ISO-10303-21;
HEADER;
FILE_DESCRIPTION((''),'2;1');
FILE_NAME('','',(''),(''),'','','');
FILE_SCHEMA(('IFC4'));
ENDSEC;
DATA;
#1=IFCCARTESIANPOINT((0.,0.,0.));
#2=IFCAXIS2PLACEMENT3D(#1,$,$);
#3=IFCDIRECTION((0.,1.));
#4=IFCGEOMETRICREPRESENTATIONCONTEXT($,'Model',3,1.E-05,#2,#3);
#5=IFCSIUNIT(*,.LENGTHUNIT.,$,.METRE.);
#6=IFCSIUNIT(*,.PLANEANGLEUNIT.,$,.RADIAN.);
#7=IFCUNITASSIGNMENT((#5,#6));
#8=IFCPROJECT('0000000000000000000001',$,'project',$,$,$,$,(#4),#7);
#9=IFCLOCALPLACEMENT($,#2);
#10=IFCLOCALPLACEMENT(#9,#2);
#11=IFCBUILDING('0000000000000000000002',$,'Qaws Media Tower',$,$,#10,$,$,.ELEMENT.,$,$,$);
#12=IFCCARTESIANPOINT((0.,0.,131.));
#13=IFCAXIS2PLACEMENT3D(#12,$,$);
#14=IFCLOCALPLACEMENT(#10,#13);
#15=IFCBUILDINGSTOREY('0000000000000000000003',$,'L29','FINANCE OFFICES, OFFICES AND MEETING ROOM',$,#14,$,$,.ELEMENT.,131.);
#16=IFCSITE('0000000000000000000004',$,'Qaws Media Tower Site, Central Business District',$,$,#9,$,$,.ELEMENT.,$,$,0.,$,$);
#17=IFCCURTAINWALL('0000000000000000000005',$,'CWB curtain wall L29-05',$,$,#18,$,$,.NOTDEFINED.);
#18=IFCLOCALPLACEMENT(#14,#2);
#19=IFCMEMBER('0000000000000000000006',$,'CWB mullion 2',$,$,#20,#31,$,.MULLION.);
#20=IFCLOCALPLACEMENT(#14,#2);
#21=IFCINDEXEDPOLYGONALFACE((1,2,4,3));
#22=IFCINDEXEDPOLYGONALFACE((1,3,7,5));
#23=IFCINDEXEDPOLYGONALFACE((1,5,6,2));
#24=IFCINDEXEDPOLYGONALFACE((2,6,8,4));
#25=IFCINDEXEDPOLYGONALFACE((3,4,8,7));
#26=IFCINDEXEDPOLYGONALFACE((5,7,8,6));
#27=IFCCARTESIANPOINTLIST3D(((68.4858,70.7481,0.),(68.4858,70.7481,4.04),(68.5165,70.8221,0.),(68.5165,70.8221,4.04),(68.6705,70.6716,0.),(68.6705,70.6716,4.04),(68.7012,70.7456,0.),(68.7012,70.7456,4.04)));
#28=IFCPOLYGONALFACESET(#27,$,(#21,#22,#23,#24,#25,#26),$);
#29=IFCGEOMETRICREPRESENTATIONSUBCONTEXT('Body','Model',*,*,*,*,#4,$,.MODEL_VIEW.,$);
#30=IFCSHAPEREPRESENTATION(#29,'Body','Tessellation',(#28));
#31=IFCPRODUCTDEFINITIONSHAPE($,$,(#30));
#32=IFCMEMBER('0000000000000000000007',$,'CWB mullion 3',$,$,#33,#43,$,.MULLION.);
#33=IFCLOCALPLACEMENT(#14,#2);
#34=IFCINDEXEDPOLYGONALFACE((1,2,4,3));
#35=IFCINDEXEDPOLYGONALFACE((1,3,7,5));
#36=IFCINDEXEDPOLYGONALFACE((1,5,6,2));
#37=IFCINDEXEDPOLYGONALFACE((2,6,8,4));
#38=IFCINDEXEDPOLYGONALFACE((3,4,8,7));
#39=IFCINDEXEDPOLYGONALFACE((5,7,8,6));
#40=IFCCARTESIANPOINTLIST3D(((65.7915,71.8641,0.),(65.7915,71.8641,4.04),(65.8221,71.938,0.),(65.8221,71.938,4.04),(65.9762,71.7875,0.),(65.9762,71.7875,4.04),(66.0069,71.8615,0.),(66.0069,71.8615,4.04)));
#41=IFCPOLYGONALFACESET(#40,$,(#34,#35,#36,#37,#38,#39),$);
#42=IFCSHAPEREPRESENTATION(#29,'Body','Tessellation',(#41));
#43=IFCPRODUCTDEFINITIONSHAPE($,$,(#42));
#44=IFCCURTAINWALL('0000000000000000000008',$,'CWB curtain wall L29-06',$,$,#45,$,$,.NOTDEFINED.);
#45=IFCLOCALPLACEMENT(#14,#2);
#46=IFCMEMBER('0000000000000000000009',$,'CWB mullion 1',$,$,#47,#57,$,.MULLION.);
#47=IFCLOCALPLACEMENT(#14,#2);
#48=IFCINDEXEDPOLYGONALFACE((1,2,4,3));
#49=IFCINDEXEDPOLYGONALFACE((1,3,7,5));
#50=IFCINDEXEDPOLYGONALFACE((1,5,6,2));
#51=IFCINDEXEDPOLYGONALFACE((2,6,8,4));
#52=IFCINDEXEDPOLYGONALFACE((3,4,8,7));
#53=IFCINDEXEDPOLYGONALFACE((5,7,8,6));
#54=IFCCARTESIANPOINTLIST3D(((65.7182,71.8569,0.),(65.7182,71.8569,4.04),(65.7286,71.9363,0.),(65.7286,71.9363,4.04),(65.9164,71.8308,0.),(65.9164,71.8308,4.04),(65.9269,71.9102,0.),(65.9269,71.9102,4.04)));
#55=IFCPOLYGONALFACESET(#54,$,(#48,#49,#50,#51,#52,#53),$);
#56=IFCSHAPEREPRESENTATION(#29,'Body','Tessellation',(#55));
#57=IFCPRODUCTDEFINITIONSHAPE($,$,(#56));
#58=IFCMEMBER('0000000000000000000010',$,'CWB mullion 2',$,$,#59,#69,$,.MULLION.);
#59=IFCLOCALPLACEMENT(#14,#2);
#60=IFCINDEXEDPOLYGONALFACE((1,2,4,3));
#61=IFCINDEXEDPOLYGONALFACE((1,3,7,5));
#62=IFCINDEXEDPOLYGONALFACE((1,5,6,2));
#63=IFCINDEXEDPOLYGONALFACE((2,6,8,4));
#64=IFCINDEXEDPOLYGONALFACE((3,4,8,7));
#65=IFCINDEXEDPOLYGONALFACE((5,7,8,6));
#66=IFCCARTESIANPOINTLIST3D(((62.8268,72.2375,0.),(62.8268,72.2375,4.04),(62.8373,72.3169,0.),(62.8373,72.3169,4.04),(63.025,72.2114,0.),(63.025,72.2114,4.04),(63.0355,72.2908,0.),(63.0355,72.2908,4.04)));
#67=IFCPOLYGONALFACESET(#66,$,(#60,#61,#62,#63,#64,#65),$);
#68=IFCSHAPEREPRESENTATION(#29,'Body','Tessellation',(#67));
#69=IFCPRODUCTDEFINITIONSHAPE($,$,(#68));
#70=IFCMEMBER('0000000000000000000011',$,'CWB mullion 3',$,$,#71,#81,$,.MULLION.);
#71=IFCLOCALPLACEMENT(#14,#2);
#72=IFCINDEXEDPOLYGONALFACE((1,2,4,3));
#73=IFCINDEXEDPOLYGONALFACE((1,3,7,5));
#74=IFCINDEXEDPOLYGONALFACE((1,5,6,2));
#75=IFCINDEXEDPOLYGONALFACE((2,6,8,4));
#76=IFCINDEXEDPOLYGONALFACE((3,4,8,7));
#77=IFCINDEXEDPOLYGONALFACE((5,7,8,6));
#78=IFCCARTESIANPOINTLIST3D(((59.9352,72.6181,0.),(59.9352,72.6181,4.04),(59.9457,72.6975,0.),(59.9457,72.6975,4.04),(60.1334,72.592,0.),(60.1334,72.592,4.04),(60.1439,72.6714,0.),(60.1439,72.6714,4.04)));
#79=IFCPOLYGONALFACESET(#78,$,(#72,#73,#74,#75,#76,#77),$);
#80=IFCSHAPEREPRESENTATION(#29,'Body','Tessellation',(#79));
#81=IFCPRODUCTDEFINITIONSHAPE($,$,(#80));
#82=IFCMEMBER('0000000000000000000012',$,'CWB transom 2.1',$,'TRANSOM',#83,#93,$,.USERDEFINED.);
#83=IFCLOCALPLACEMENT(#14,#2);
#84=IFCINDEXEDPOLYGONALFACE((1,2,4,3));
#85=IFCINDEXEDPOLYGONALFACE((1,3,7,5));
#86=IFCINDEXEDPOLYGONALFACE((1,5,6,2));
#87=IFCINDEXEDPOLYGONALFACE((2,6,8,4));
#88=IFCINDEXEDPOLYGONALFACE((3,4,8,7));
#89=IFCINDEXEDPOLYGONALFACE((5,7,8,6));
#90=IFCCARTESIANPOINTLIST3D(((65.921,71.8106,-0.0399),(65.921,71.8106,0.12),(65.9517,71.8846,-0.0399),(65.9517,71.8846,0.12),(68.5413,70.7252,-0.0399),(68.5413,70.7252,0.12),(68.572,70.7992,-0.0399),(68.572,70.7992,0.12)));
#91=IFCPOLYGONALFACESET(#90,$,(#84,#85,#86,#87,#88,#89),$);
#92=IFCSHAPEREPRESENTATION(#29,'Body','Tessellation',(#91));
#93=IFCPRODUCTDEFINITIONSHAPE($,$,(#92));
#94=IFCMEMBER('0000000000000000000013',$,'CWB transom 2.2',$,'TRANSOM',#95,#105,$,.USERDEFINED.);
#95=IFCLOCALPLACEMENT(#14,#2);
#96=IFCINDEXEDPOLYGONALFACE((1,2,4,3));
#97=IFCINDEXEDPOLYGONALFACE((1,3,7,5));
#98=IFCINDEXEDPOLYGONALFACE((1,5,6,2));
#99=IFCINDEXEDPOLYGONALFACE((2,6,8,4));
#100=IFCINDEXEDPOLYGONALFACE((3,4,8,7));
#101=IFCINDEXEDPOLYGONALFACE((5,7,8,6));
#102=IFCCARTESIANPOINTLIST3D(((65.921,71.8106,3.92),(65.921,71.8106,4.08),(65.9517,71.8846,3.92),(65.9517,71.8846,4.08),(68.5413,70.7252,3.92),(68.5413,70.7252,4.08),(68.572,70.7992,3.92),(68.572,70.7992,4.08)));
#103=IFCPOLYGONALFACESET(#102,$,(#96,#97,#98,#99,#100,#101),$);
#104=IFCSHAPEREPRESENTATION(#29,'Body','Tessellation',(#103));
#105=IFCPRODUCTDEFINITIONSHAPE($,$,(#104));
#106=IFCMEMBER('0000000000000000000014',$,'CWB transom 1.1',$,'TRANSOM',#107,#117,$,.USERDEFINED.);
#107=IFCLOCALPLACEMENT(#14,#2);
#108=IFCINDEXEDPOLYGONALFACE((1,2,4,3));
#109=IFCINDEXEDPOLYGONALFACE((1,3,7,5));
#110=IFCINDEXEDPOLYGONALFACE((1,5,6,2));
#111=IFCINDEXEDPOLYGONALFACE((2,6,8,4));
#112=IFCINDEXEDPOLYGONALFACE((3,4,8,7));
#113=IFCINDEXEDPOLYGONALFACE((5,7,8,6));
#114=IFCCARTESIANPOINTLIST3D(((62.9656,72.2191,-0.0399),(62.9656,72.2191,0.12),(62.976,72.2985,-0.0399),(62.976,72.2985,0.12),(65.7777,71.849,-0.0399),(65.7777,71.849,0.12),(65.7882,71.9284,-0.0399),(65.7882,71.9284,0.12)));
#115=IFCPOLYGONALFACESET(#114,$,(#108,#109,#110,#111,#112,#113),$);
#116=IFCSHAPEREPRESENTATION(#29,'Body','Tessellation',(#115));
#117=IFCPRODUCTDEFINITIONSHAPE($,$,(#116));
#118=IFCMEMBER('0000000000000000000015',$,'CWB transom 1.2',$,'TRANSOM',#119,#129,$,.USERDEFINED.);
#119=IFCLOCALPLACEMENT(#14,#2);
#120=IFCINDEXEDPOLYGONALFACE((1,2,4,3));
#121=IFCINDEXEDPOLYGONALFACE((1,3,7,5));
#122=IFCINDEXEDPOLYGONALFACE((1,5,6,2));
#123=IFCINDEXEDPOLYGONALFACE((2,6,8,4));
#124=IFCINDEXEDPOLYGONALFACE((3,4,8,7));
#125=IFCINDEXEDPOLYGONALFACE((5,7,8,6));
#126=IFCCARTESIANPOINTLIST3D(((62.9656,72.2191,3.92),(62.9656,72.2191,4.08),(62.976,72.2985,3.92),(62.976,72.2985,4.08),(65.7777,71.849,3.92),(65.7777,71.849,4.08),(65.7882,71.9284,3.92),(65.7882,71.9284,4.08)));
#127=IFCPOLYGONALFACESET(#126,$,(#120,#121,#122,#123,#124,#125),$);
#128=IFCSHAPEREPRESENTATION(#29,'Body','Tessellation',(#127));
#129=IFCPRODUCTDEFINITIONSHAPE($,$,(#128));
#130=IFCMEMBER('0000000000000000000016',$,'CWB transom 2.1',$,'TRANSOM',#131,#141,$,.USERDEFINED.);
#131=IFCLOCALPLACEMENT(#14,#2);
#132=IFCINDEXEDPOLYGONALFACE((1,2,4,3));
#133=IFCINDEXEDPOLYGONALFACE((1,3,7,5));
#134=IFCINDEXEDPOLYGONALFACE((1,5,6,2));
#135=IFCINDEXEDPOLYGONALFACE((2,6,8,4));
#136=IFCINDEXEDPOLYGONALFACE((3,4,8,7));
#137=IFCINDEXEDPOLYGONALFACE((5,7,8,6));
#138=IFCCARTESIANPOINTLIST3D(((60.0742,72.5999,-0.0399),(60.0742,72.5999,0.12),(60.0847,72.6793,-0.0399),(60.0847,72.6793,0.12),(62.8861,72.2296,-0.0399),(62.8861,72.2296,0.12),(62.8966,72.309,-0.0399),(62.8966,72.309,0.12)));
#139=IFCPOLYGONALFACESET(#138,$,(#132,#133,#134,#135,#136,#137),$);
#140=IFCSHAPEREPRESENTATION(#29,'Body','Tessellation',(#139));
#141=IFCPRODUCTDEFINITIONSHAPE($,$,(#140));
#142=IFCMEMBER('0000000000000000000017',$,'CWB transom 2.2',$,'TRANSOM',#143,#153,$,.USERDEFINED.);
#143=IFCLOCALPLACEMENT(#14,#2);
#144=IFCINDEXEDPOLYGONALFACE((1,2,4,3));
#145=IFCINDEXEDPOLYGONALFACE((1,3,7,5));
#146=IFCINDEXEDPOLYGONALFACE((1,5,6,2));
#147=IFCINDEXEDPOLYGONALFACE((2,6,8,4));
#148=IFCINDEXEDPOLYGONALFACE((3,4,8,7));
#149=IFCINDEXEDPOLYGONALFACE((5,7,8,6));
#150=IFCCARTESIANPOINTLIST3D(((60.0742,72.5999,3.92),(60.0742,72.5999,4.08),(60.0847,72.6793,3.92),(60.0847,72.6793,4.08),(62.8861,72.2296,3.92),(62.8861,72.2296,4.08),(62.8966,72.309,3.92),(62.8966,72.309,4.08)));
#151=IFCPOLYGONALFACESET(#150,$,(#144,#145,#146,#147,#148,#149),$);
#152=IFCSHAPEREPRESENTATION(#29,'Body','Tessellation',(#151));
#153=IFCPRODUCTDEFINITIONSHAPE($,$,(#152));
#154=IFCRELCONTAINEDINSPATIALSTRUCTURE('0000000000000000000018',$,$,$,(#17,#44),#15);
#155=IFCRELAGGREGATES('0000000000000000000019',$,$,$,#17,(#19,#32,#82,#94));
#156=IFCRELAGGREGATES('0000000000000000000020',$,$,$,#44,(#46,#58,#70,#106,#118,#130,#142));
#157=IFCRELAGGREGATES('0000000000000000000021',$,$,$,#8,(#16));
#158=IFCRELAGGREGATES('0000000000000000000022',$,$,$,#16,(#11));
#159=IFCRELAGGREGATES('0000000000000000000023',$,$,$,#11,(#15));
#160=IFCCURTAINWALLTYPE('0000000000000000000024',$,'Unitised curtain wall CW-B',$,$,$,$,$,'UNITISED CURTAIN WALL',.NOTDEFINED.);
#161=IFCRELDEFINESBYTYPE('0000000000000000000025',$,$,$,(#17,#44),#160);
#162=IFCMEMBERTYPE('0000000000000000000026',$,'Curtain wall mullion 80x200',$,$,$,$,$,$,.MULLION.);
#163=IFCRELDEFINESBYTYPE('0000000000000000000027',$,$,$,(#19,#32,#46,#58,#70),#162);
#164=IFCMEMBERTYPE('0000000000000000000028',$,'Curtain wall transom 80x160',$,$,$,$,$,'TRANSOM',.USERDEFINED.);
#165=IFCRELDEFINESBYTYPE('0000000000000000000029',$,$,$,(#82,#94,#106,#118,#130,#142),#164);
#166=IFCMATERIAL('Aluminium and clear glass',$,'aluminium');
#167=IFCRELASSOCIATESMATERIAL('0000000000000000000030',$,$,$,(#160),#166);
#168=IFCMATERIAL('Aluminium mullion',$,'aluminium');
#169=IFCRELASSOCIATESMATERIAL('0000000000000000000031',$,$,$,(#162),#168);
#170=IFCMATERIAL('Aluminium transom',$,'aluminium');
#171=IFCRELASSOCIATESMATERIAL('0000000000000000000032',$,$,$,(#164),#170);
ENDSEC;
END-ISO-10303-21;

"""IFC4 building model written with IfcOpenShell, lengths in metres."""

from ifc_helpers import new_model, si_unit, direction, frame, origin, origin_2d, place, context, subcontext, project, spatial, rectangle, extrude, material, material_profile, profile_set, type_object, element, aggregate, save


model = new_model("IFC4")

# Units and contexts
model_context = context("Model", 3, precision=1e-05, world=origin(), true_north=direction((0.0, 1.0)))
body_context = subcontext(model_context, "Body", "Model", "MODEL_VIEW")
ifc_project = project(units=[si_unit("LENGTHUNIT", "METRE"), si_unit("PLANEANGLEUNIT", "RADIAN")], contexts=[model_context])

# Site, building, storey
site_placement = place(None, origin())
site = spatial("IfcSite", under=ifc_project, at=site_placement, Name="Qaws Media Tower Site, Central Business District", CompositionType="ELEMENT", RefElevation=0.0)
building_placement = place(site_placement, origin())
building = spatial("IfcBuilding", under=site, at=building_placement, Name="Qaws Media Tower", CompositionType="ELEMENT")
storey_placement = place(building_placement, frame((0.0, 0.0, 131.0)))
storey = spatial("IfcBuildingStorey", under=building, at=storey_placement, Name="L29", Description="FINANCE OFFICES, OFFICES AND MEETING ROOM", CompositionType="ELEMENT", Elevation=131.0)

# Curtain walls, members
ifc_material_1 = material(Name="Aluminium and clear glass", Category="aluminium")
curtain_wall_type = type_object("IfcCurtainWallType", Name="Unitised curtain wall CW-B", ElementType="UNITISED CURTAIN WALL", PredefinedType="NOTDEFINED", material=ifc_material_1)
curtain_wall_1_placement = place(storey_placement, origin())
curtain_wall_1 = element("IfcCurtainWall", 1, at=curtain_wall_1_placement, inside=storey, type_object=curtain_wall_type, Name="CWB curtain wall L29-05", PredefinedType="NOTDEFINED")
ifc_material_2 = material(Name="Aluminium mullion", Category="aluminium")
ifc_material_profile_1 = material_profile(ifc_material_2, rectangle(XDim=0.0801, YDim=0.2, at=origin_2d()), Name="80x200")
ifc_profile_set_1 = profile_set([ifc_material_profile_1], Name="Aluminium mullion")
member_type_1 = type_object("IfcMemberType", Name="Curtain wall mullion 80x200", PredefinedType="MULLION", material=ifc_profile_set_1)
member_1_placement = place(storey_placement, frame((68.5935, 70.7468, 0.0), z_axis=(0.0, 0.0, 1.0), x_axis=(-0.382683, -0.92388, 0.0)))
member_1 = element("IfcMember", 2, at=member_1_placement, type_object=member_type_1, Name="CWB mullion 2", PredefinedType="MULLION", context=body_context, shape_type="SweptSolid", body=[
    extrude(rectangle(XDim=0.0801, YDim=0.2, at=origin_2d()), origin(), (0.0, 0.0, 1.0), 4.04),
])
member_2_placement = place(storey_placement, frame((65.8992, 71.8628, 0.0), z_axis=(0.0, 0.0, 1.0), x_axis=(-0.382683, -0.92388, 0.0)))
member_2 = element("IfcMember", 3, at=member_2_placement, type_object=member_type_1, Name="CWB mullion 3", PredefinedType="MULLION", context=body_context, shape_type="SweptSolid", body=[
    extrude(rectangle(XDim=0.0801, YDim=0.2, at=origin_2d()), origin(), (0.0, 0.0, 1.0), 4.04),
])
curtain_wall_2_placement = place(storey_placement, origin())
curtain_wall_2 = element("IfcCurtainWall", 4, at=curtain_wall_2_placement, inside=storey, type_object=curtain_wall_type, Name="CWB curtain wall L29-06", PredefinedType="NOTDEFINED")
member_3_placement = place(storey_placement, frame((65.8225, 71.8835, 0.0), z_axis=(0.0, 0.0, 1.0), x_axis=(-0.130526, -0.991445, 0.0)))
member_3 = element("IfcMember", 5, at=member_3_placement, type_object=member_type_1, Name="CWB mullion 1", PredefinedType="MULLION", context=body_context, shape_type="SweptSolid", body=[
    extrude(rectangle(XDim=0.0801, YDim=0.2, at=origin_2d()), origin(), (0.0, 0.0, 1.0), 4.04),
])
member_4_placement = place(storey_placement, frame((62.9312, 72.2642, 0.0), z_axis=(0.0, 0.0, 1.0), x_axis=(-0.130526, -0.991445, 0.0)))
member_4 = element("IfcMember", 6, at=member_4_placement, type_object=member_type_1, Name="CWB mullion 2", PredefinedType="MULLION", context=body_context, shape_type="SweptSolid", body=[
    extrude(rectangle(XDim=0.0801, YDim=0.2, at=origin_2d()), origin(), (0.0, 0.0, 1.0), 4.04),
])
member_5_placement = place(storey_placement, frame((60.0396, 72.6448, 0.0), z_axis=(0.0, 0.0, 1.0), x_axis=(-0.130526, -0.991445, 0.0)))
member_5 = element("IfcMember", 7, at=member_5_placement, type_object=member_type_1, Name="CWB mullion 3", PredefinedType="MULLION", context=body_context, shape_type="SweptSolid", body=[
    extrude(rectangle(XDim=0.0801, YDim=0.2, at=origin_2d()), origin(), (0.0, 0.0, 1.0), 4.04),
])

# Members
ifc_material_3 = material(Name="Aluminium transom", Category="aluminium")
ifc_material_profile_2 = material_profile(ifc_material_3, rectangle(XDim=0.0801, YDim=0.1599, at=origin_2d()), Name="80x160")
ifc_profile_set_2 = profile_set([ifc_material_profile_2], Name="Aluminium transom")
member_type_2 = type_object("IfcMemberType", Name="Curtain wall transom 80x160", ElementType="TRANSOM", PredefinedType="USERDEFINED", material=ifc_profile_set_2)
member_6_placement = place(storey_placement, frame((68.5566, 70.7622, 0.04), z_axis=(-0.923872, 0.382701, 0.0), x_axis=(-0.382701, -0.923872, 0.0)))
member_6 = element("IfcMember", 8, at=member_6_placement, type_object=member_type_2, Name="CWB transom 2.1", ObjectType="TRANSOM", PredefinedType="USERDEFINED", context=body_context, shape_type="SweptSolid", body=[
    extrude(rectangle(XDim=0.0801, YDim=0.1599, at=origin_2d()), origin(), (0.0, 0.0, 1.0), 2.8362),
])
member_7_placement = place(storey_placement, frame((68.5566, 70.7622, 4.0), z_axis=(-0.923872, 0.382701, 0.0), x_axis=(-0.382701, -0.923872, 0.0)))
member_7 = element("IfcMember", 9, at=member_7_placement, type_object=member_type_2, Name="CWB transom 2.2", ObjectType="TRANSOM", PredefinedType="USERDEFINED", context=body_context, shape_type="SweptSolid", body=[
    extrude(rectangle(XDim=0.0801, YDim=0.1599, at=origin_2d()), origin(), (0.0, 0.0, 1.0), 2.8362),
])
member_8_placement = place(storey_placement, frame((65.783, 71.8887, 0.04), z_axis=(-0.99145, 0.130483, 0.0), x_axis=(-0.130483, -0.99145, 0.0)))
member_8 = element("IfcMember", 10, at=member_8_placement, type_object=member_type_2, Name="CWB transom 1.1", ObjectType="TRANSOM", PredefinedType="USERDEFINED", context=body_context, shape_type="SweptSolid", body=[
    extrude(rectangle(XDim=0.0801, YDim=0.1599, at=origin_2d()), origin(), (0.0, 0.0, 1.0), 2.8364),
])
member_9_placement = place(storey_placement, frame((65.783, 71.8887, 4.0), z_axis=(-0.99145, 0.130483, 0.0), x_axis=(-0.130483, -0.99145, 0.0)))
member_9 = element("IfcMember", 11, at=member_9_placement, type_object=member_type_2, Name="CWB transom 1.2", ObjectType="TRANSOM", PredefinedType="USERDEFINED", context=body_context, shape_type="SweptSolid", body=[
    extrude(rectangle(XDim=0.0801, YDim=0.1599, at=origin_2d()), origin(), (0.0, 0.0, 1.0), 2.8364),
])
member_10_placement = place(storey_placement, frame((62.8914, 72.2693, 0.04), z_axis=(-0.991438, 0.130579, 0.0), x_axis=(-0.130579, -0.991438, 0.0)))
member_10 = element("IfcMember", 12, at=member_10_placement, type_object=member_type_2, Name="CWB transom 2.1", ObjectType="TRANSOM", PredefinedType="USERDEFINED", context=body_context, shape_type="SweptSolid", body=[
    extrude(rectangle(XDim=0.0801, YDim=0.1599, at=origin_2d()), origin(), (0.0, 0.0, 1.0), 2.8362),
])
member_11_placement = place(storey_placement, frame((62.8914, 72.2693, 4.0), z_axis=(-0.991438, 0.130579, 0.0), x_axis=(-0.130579, -0.991438, 0.0)))
member_11 = element("IfcMember", 13, at=member_11_placement, type_object=member_type_2, Name="CWB transom 2.2", ObjectType="TRANSOM", PredefinedType="USERDEFINED", context=body_context, shape_type="SweptSolid", body=[
    extrude(rectangle(XDim=0.0801, YDim=0.1599, at=origin_2d()), origin(), (0.0, 0.0, 1.0), 2.8362),
])

aggregate(curtain_wall_1, [member_1, member_2, member_6, member_7])
aggregate(curtain_wall_2, [member_3, member_4, member_5, member_8, member_9, member_10, member_11])

save(model, "model.ifc")
